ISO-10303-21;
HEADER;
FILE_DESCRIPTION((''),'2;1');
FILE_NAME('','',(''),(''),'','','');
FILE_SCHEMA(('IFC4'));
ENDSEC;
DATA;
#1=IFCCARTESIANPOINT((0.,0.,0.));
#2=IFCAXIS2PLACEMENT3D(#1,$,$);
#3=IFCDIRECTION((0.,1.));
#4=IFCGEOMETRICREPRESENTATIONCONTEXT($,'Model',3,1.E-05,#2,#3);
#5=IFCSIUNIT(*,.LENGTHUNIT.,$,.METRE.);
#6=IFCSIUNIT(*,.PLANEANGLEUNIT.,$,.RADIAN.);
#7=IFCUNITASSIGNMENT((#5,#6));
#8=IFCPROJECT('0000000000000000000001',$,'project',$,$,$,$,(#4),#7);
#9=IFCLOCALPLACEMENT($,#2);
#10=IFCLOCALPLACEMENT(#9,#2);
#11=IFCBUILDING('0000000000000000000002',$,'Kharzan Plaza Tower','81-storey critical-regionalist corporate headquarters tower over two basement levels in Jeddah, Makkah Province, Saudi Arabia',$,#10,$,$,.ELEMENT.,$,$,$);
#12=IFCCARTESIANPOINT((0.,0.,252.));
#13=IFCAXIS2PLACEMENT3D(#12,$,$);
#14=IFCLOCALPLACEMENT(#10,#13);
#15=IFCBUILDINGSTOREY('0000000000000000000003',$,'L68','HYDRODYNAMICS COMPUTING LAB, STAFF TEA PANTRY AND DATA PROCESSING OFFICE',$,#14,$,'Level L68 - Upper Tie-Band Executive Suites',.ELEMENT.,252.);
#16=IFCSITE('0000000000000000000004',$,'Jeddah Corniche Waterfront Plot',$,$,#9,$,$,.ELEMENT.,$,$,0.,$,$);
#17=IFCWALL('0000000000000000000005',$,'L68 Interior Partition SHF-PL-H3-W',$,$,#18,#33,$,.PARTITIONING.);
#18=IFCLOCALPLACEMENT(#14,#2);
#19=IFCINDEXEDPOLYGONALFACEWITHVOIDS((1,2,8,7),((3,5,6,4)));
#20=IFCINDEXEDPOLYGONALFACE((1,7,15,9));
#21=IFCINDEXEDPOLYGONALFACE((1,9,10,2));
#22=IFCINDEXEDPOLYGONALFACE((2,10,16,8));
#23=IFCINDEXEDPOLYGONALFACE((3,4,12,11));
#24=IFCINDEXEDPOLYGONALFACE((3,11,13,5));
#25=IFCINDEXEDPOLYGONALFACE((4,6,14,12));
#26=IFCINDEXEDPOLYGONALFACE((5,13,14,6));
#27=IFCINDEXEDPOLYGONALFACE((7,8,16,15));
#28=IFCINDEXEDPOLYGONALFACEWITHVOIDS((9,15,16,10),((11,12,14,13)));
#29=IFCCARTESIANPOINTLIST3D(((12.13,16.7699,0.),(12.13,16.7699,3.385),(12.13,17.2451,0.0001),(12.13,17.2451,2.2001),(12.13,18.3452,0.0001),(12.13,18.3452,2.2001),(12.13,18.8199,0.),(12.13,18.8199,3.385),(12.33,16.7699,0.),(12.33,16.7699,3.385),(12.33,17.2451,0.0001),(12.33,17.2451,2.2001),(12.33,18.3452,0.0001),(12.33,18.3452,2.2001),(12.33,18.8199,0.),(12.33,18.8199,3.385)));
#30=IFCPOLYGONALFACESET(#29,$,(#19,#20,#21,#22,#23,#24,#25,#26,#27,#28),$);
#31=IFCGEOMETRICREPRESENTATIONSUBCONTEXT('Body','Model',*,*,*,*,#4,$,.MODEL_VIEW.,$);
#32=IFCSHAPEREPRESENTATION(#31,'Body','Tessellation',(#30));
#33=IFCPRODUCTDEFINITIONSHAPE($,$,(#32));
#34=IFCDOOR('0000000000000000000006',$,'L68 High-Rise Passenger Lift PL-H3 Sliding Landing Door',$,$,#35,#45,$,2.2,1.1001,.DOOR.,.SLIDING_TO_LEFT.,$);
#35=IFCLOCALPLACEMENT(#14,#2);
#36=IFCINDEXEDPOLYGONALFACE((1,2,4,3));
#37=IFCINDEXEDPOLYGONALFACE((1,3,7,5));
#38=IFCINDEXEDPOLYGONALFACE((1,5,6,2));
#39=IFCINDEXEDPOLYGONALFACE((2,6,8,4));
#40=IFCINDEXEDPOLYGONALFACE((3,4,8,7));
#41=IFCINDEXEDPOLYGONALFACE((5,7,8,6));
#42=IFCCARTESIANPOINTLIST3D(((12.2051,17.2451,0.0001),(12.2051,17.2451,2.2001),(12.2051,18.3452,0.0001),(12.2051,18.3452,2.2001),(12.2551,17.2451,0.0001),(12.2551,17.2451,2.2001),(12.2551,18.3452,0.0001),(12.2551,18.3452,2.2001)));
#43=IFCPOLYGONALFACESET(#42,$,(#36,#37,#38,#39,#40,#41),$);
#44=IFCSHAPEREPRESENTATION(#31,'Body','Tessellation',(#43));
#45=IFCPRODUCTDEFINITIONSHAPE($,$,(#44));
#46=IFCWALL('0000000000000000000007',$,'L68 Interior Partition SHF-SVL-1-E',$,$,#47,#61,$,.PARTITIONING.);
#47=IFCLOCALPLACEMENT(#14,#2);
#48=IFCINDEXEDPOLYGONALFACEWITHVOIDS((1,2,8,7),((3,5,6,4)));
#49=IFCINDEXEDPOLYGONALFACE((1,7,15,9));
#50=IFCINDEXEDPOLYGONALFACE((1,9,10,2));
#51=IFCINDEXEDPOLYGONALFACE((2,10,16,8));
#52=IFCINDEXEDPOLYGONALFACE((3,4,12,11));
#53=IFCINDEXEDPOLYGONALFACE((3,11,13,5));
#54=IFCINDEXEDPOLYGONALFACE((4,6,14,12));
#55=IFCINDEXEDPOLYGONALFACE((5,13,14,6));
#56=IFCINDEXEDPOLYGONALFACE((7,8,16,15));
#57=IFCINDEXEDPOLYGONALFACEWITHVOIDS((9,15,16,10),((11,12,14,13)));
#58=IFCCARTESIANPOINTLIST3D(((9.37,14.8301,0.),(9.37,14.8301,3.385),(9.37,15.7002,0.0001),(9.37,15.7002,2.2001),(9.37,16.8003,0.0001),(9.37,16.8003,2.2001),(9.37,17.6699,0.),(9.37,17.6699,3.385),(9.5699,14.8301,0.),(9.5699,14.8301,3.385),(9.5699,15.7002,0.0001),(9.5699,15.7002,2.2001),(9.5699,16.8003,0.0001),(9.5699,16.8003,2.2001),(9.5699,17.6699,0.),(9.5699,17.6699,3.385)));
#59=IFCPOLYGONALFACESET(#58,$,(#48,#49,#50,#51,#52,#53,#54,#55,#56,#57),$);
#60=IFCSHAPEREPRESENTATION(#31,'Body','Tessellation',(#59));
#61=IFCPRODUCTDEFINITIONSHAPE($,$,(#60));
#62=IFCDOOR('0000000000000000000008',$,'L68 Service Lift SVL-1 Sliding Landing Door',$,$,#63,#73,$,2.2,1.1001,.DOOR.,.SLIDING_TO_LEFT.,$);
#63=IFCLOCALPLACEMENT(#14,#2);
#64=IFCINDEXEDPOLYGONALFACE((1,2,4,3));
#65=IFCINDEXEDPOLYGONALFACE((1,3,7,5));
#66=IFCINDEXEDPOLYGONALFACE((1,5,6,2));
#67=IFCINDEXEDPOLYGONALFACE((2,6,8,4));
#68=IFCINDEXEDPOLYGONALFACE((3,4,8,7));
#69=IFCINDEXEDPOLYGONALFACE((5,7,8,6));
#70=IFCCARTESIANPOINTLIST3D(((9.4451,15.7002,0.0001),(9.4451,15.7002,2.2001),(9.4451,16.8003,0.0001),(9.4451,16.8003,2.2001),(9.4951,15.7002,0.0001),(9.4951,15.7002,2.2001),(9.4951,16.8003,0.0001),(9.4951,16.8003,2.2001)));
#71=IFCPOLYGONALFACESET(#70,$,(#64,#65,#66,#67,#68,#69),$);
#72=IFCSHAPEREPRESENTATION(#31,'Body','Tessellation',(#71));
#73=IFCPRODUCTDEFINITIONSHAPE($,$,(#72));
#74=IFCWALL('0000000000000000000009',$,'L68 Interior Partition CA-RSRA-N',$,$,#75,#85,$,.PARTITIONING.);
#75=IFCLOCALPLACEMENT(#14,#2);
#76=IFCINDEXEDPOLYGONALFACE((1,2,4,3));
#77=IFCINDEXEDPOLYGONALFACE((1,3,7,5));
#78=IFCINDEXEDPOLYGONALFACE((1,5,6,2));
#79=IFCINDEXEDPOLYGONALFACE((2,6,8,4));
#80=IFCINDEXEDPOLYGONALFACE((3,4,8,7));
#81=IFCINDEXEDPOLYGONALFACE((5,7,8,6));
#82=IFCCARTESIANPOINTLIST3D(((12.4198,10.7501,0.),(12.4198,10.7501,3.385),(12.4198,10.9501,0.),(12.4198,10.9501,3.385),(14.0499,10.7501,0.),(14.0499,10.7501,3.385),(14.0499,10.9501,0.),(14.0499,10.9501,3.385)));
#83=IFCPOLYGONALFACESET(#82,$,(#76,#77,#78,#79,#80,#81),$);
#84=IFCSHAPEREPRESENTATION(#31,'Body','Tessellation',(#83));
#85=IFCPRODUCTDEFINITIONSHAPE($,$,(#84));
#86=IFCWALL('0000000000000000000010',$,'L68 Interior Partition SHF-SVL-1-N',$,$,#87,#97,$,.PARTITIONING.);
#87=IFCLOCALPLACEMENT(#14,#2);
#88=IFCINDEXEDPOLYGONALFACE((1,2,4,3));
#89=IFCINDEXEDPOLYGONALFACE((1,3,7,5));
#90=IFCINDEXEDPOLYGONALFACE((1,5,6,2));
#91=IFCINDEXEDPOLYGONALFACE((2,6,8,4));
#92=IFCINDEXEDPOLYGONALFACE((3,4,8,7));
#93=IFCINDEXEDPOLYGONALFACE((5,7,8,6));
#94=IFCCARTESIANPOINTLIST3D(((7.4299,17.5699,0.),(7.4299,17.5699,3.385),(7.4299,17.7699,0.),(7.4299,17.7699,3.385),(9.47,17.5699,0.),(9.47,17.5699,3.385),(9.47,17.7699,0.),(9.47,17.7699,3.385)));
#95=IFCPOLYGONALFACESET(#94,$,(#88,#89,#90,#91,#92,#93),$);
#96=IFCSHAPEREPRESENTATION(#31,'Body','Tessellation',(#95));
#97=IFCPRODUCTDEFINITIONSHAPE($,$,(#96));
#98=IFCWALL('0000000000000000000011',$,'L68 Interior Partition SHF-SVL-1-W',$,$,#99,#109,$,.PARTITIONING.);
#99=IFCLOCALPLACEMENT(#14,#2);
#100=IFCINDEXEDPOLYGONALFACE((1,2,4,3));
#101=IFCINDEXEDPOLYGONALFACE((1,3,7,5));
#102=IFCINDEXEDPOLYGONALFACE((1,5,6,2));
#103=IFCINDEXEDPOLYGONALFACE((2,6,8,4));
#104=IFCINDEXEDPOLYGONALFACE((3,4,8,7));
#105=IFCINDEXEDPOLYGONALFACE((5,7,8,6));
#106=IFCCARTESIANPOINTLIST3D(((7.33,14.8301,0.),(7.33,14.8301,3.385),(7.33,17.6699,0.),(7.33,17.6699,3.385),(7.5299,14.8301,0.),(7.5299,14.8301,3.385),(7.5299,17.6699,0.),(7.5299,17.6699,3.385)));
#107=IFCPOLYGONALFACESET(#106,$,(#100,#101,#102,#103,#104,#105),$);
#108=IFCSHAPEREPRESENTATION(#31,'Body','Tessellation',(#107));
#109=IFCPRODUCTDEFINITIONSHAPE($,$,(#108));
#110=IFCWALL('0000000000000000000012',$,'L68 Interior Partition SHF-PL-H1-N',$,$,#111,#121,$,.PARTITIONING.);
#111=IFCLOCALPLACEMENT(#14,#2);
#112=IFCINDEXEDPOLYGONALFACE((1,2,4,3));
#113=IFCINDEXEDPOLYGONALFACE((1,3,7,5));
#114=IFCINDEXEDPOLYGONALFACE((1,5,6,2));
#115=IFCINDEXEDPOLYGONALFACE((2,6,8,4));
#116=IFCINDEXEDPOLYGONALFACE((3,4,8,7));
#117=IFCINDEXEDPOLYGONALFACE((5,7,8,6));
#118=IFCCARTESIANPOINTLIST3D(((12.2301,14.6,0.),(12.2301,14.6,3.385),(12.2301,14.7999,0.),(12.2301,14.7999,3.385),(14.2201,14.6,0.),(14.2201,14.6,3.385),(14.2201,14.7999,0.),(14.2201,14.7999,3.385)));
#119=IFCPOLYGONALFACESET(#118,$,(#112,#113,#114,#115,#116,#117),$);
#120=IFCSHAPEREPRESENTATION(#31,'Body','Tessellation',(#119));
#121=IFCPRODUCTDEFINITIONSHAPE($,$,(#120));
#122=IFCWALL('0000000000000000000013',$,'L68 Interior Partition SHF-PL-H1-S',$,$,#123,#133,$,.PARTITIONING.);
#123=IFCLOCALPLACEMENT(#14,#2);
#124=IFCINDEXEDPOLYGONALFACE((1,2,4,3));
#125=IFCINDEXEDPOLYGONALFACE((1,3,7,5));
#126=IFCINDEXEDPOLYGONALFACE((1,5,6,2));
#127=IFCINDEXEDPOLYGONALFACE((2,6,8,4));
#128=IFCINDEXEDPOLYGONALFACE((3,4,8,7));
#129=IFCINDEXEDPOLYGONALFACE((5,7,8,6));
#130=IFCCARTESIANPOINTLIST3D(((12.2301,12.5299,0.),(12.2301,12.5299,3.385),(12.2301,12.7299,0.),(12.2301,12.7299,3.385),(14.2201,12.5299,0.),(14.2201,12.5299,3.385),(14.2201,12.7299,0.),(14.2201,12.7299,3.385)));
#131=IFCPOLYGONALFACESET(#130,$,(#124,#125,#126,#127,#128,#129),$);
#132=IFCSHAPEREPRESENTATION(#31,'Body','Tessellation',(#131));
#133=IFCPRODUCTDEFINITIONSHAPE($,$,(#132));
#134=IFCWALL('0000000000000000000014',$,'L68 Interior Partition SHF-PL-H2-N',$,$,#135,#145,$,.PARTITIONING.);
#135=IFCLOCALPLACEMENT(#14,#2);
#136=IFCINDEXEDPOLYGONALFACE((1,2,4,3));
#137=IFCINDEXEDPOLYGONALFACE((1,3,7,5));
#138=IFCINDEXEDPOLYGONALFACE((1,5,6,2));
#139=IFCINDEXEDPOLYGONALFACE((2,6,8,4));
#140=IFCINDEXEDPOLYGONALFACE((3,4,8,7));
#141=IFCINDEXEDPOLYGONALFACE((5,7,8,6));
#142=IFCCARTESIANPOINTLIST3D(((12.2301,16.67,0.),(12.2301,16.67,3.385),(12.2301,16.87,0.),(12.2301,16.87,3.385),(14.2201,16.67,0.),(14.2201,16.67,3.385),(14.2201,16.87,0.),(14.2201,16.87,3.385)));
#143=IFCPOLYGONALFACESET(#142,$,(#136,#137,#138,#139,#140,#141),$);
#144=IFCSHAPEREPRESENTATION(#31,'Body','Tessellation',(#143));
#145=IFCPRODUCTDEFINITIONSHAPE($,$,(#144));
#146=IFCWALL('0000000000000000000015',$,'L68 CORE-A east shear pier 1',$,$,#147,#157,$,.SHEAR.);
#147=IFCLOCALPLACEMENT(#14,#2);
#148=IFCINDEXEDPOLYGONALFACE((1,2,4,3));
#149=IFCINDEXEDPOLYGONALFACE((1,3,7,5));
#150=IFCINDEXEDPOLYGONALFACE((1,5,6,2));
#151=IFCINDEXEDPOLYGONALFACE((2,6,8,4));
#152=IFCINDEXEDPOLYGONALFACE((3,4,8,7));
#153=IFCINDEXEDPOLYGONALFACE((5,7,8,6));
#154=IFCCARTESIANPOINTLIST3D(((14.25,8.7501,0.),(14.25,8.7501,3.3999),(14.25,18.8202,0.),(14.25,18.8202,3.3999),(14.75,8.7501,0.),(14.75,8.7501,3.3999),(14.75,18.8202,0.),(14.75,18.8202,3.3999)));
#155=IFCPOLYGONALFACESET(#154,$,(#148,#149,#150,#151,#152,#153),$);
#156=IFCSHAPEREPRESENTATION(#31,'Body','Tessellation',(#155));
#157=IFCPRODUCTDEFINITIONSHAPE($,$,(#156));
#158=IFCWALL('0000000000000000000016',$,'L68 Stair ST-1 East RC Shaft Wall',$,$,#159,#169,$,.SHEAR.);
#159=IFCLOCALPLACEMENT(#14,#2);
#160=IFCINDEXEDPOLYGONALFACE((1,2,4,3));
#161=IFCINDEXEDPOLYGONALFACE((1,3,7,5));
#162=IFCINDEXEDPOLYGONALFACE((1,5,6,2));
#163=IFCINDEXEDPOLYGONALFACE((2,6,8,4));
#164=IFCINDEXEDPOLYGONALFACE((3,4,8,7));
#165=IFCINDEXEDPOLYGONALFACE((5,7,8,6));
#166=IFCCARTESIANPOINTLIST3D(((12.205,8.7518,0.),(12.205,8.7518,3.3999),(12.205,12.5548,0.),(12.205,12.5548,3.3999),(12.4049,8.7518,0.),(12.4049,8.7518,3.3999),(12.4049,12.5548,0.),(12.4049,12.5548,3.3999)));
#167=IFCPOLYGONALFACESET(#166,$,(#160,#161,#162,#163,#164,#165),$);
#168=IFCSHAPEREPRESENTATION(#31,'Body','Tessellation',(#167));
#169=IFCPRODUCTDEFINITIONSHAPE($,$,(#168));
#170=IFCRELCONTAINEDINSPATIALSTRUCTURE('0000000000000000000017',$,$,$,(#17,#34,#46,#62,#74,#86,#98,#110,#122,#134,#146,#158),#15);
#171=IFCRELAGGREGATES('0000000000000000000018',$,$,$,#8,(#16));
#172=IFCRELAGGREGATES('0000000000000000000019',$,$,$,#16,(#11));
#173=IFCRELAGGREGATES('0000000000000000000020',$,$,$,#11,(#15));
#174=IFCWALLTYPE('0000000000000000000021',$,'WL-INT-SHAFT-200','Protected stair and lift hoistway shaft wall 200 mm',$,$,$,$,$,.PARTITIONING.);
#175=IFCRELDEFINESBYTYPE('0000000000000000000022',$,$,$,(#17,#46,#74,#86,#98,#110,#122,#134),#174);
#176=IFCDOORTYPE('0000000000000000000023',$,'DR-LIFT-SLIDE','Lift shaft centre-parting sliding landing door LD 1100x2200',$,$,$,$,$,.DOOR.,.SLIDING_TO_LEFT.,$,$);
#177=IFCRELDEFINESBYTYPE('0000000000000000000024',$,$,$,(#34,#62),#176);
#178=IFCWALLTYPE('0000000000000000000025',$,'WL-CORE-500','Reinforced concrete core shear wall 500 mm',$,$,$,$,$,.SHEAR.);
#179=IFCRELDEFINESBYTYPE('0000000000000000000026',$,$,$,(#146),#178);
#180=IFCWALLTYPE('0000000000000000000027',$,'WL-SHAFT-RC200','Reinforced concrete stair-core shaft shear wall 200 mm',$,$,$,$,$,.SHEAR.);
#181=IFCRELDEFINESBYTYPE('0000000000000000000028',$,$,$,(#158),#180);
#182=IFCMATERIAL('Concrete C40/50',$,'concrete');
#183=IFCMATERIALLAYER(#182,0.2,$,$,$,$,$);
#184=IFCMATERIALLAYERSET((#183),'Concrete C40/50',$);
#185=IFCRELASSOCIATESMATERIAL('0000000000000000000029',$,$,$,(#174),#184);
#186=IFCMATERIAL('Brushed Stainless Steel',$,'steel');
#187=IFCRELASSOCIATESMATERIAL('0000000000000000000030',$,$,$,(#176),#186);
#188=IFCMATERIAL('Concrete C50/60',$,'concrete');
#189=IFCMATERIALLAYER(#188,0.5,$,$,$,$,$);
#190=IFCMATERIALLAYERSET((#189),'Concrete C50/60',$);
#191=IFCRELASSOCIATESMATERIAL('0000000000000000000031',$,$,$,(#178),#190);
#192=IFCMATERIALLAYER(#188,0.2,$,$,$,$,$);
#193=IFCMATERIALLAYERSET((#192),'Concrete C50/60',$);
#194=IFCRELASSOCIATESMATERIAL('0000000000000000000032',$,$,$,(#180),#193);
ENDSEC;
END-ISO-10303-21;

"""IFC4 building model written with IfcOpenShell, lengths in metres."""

from ifc_helpers import new_model, si_unit, direction, frame, frame_2d, origin, place, context, subcontext, project, spatial, rectangle, extrude, source, transform, mapped, material, layer, layer_set, type_object, element, fill, save


model = new_model("IFC4")

# Units and contexts
model_context = context("Model", 3, precision=1e-05, world=origin(), true_north=direction((0.0, 1.0)))
body_context = subcontext(model_context, "Body", "Model", "MODEL_VIEW")
ifc_project = project(units=[si_unit("LENGTHUNIT", "METRE"), si_unit("PLANEANGLEUNIT", "RADIAN")], contexts=[model_context])

# Site, building, storey
site_placement = place(None, origin())
site = spatial("IfcSite", under=ifc_project, at=site_placement, Name="Jeddah Corniche Waterfront Plot", CompositionType="ELEMENT", RefElevation=0.0)
building_placement = place(site_placement, origin())
building = spatial("IfcBuilding", under=site, at=building_placement, Name="Kharzan Plaza Tower", Description="81-storey critical-regionalist corporate headquarters tower over two basement levels in Jeddah, Makkah Province, Saudi Arabia", CompositionType="ELEMENT")
storey_placement = place(building_placement, frame((0.0, 0.0, 252.0)))
storey = spatial("IfcBuildingStorey", under=building, at=storey_placement, Name="L68", Description="HYDRODYNAMICS COMPUTING LAB, STAFF TEA PANTRY AND DATA PROCESSING OFFICE", LongName="Level L68 - Upper Tie-Band Executive Suites", CompositionType="ELEMENT", Elevation=252.0)

# Walls, openings, doors
ifc_material_1 = material(Name="Concrete C40/50", Category="concrete")
ifc_layer_1 = layer(ifc_material_1, 0.2)
ifc_layer_set_1 = layer_set([ifc_layer_1], Name="Concrete C40/50")
wall_type_1 = type_object("IfcWallType", Name="WL-INT-SHAFT-200", Description="Protected stair and lift hoistway shaft wall 200 mm", PredefinedType="PARTITIONING", material=ifc_layer_set_1)
ifc_material_2 = material(Name="Brushed Stainless Steel", Category="steel")
door_type_1 = type_object("IfcDoorType", Name="DR-LIFT-SLIDE", Description="Lift shaft centre-parting sliding landing door LD 1100x2200", OperationType="SLIDING_TO_LEFT", PredefinedType="DOOR", material=ifc_material_2)
shared_shape_1 = source(origin(), body_context, "Body", "SweptSolid", [
    extrude(rectangle(XDim=1.1001, YDim=2.2, at=frame_2d((0.55, 1.1001))), frame((0.0, 0.0249, 0.0), z_axis=(0.0, -1.0, 0.0), x_axis=(1.0, 0.0, 0.0)), (0.0, 0.0, 1.0), 0.05),
])
wall_1_placement = place(storey_placement, frame((12.23, 16.77, 0.0), z_axis=(0.0, 0.0, 1.0), x_axis=(0.0, 1.0, 0.0)))
wall_1 = element("IfcWall", 1, at=wall_1_placement, inside=storey, type_object=wall_type_1, Name="L68 Interior Partition SHF-PL-H3-W", PredefinedType="PARTITIONING", context=body_context, shape_type="SweptSolid", body=[
    extrude(rectangle(XDim=2.05, YDim=0.2, at=frame_2d((1.0249, 0.0))), origin(), (0.0, 0.0, 1.0), 3.385),
])
opening_1_placement = place(wall_1_placement, frame((0.4751, 0.0, 0.0)))
opening_1 = element("IfcOpeningElement", 2, at=opening_1_placement, cuts=wall_1, PredefinedType="OPENING", context=body_context, shape_type="SweptSolid", body=[
    extrude(rectangle(XDim=1.1001, YDim=2.2, at=frame_2d((0.55, 1.1001))), frame((0.0, 0.1099, 0.0), z_axis=(0.0, -1.0, 0.0), x_axis=(1.0, 0.0, 0.0)), (0.0, 0.0, 1.0), 0.22),
])
door_1_placement = place(opening_1_placement, origin())
door_1 = element("IfcDoor", 3, at=door_1_placement, inside=storey, type_object=door_type_1, Name="L68 High-Rise Passenger Lift PL-H3 Sliding Landing Door", OperationType="SLIDING_TO_LEFT", OverallHeight=2.2, OverallWidth=1.1001, PredefinedType="DOOR", context=body_context, shape_type="MappedRepresentation", body=[
    mapped(shared_shape_1, transform((0.0, 0.0, 0.0), x_axis=(1.0, 0.0, 0.0), y_axis=(0.0, 1.0, 0.0), z_axis=(0.0, 0.0, 1.0))),
])
fill(opening_1, door_1)
wall_2_placement = place(storey_placement, frame((9.47, 14.8301, 0.0), z_axis=(0.0, 0.0, 1.0), x_axis=(0.0, 1.0, 0.0)))
wall_2 = element("IfcWall", 4, at=wall_2_placement, inside=storey, type_object=wall_type_1, Name="L68 Interior Partition SHF-SVL-1-E", PredefinedType="PARTITIONING", context=body_context, shape_type="SweptSolid", body=[
    extrude(rectangle(XDim=2.8398, YDim=0.2, at=frame_2d((1.4199, 0.0))), origin(), (0.0, 0.0, 1.0), 3.385),
])
opening_2_placement = place(wall_2_placement, frame((0.8701, 0.0, 0.0)))
opening_2 = element("IfcOpeningElement", 5, at=opening_2_placement, cuts=wall_2, PredefinedType="OPENING", context=body_context, shape_type="SweptSolid", body=[
    extrude(rectangle(XDim=1.1001, YDim=2.2, at=frame_2d((0.55, 1.1001))), frame((0.0, 0.1099, 0.0), z_axis=(0.0, -1.0, 0.0), x_axis=(1.0, 0.0, 0.0)), (0.0, 0.0, 1.0), 0.22),
])
door_2_placement = place(opening_2_placement, origin())
door_2 = element("IfcDoor", 6, at=door_2_placement, inside=storey, type_object=door_type_1, Name="L68 Service Lift SVL-1 Sliding Landing Door", OperationType="SLIDING_TO_LEFT", OverallHeight=2.2, OverallWidth=1.1001, PredefinedType="DOOR", context=body_context, shape_type="MappedRepresentation", body=[
    mapped(shared_shape_1, transform((0.0, 0.0, 0.0), x_axis=(1.0, 0.0, 0.0), y_axis=(0.0, 1.0, 0.0), z_axis=(0.0, 0.0, 1.0))),
])
fill(opening_2, door_2)

# Walls
shared_shape_2 = source(origin(), body_context, "Body", "SweptSolid", [
    extrude(rectangle(XDim=1.6301, YDim=0.2, at=frame_2d((0.8149, 0.0))), origin(), (0.0, 0.0, 1.0), 3.385),
])
wall_3_placement = place(storey_placement, frame((12.4199, 10.8501, 0.0), z_axis=(0.0, 0.0, 1.0), x_axis=(1.0, 0.0, 0.0)))
element("IfcWall", 7, at=wall_3_placement, inside=storey, type_object=wall_type_1, Name="L68 Interior Partition CA-RSRA-N", PredefinedType="PARTITIONING", context=body_context, shape_type="MappedRepresentation", body=[
    mapped(shared_shape_2, transform((0.0, 0.0, 0.0), x_axis=(1.0, 0.0, 0.0), y_axis=(0.0, 1.0, 0.0), z_axis=(0.0, 0.0, 1.0))),
])
shared_shape_3 = source(origin(), body_context, "Body", "SweptSolid", [
    extrude(rectangle(XDim=2.04, YDim=0.2, at=frame_2d((1.02, 0.0))), origin(), (0.0, 0.0, 1.0), 3.385),
])
wall_4_placement = place(storey_placement, frame((7.4299, 17.6699, 0.0), z_axis=(0.0, 0.0, 1.0), x_axis=(1.0, 0.0, 0.0)))
element("IfcWall", 8, at=wall_4_placement, inside=storey, type_object=wall_type_1, Name="L68 Interior Partition SHF-SVL-1-N", PredefinedType="PARTITIONING", context=body_context, shape_type="MappedRepresentation", body=[
    mapped(shared_shape_3, transform((0.0, 0.0, 0.0), x_axis=(1.0, 0.0, 0.0), y_axis=(0.0, 1.0, 0.0), z_axis=(0.0, 0.0, 1.0))),
])
shared_shape_4 = source(origin(), body_context, "Body", "SweptSolid", [
    extrude(rectangle(XDim=2.8398, YDim=0.2, at=frame_2d((1.4199, 0.0))), origin(), (0.0, 0.0, 1.0), 3.385),
])
wall_5_placement = place(storey_placement, frame((7.4299, 14.8301, 0.0), z_axis=(0.0, 0.0, 1.0), x_axis=(0.0, 1.0, 0.0)))
element("IfcWall", 9, at=wall_5_placement, inside=storey, type_object=wall_type_1, Name="L68 Interior Partition SHF-SVL-1-W", PredefinedType="PARTITIONING", context=body_context, shape_type="MappedRepresentation", body=[
    mapped(shared_shape_4, transform((0.0, 0.0, 0.0), x_axis=(1.0, 0.0, 0.0), y_axis=(0.0, 1.0, 0.0), z_axis=(0.0, 0.0, 1.0))),
])
shared_shape_5 = source(origin(), body_context, "Body", "SweptSolid", [
    extrude(rectangle(XDim=1.99, YDim=0.2, at=frame_2d((0.9951, 0.0))), origin(), (0.0, 0.0, 1.0), 3.385),
])
for number, where, z_axis, x_axis, name in (
    (10, (12.23, 14.7, 0.0), (0.0, 0.0, 1.0), (1.0, 0.0, 0.0), "L68 Interior Partition SHF-PL-H1-N"),
    (11, (12.23, 12.6299, 0.0), (0.0, 0.0, 1.0), (1.0, 0.0, 0.0), "L68 Interior Partition SHF-PL-H1-S"),
    (12, (12.23, 16.77, 0.0), (0.0, 0.0, 1.0), (1.0, 0.0, 0.0), "L68 Interior Partition SHF-PL-H2-N"),
):
    element("IfcWall", number, at=place(storey_placement, frame(where, z_axis=z_axis, x_axis=x_axis)), inside=storey, type_object=wall_type_1, Name=name, PredefinedType="PARTITIONING", context=body_context, shape_type="MappedRepresentation", body=[
        mapped(shared_shape_5, transform((0.0, 0.0, 0.0), x_axis=(1.0, 0.0, 0.0), y_axis=(0.0, 1.0, 0.0), z_axis=(0.0, 0.0, 1.0))),
    ])
ifc_material_3 = material(Name="Concrete C50/60", Category="concrete")
ifc_layer_2 = layer(ifc_material_3, 0.5)
ifc_layer_set_2 = layer_set([ifc_layer_2], Name="Concrete C50/60")
wall_type_2 = type_object("IfcWallType", Name="WL-CORE-500", Description="Reinforced concrete core shear wall 500 mm", PredefinedType="SHEAR", material=ifc_layer_set_2)
shared_shape_6 = source(origin(), body_context, "Body", "SweptSolid", [
    extrude(rectangle(XDim=10.0701, YDim=0.5, at=frame_2d((5.0352, 0.0))), origin(), (0.0, 0.0, 1.0), 3.3999),
])
wall_6_placement = place(storey_placement, frame((14.5, 8.75, 0.0), z_axis=(0.0, 0.0, 1.0), x_axis=(0.0, 1.0, 0.0)))
element("IfcWall", 13, at=wall_6_placement, inside=storey, type_object=wall_type_2, Name="L68 CORE-A east shear pier 1", PredefinedType="SHEAR", context=body_context, shape_type="MappedRepresentation", body=[
    mapped(shared_shape_6, transform((0.0, 0.0, 0.0), x_axis=(1.0, 0.0, 0.0), y_axis=(0.0, 1.0, 0.0), z_axis=(0.0, 0.0, 1.0))),
])
ifc_layer_3 = layer(ifc_material_3, 0.2)
ifc_layer_set_3 = layer_set([ifc_layer_3], Name="Concrete C50/60")
wall_type_3 = type_object("IfcWallType", Name="WL-SHAFT-RC200", Description="Reinforced concrete stair-core shaft shear wall 200 mm", PredefinedType="SHEAR", material=ifc_layer_set_3)
shared_shape_7 = source(origin(), body_context, "Body", "SweptSolid", [
    extrude(rectangle(XDim=3.803, YDim=0.2, at=frame_2d((1.9014, 0.0))), origin(), (0.0, 0.0, 1.0), 3.3999),
])
wall_7_placement = place(storey_placement, frame((12.3049, 8.752, 0.0), z_axis=(0.0, 0.0, 1.0), x_axis=(0.0, 1.0, 0.0)))
element("IfcWall", 14, at=wall_7_placement, inside=storey, type_object=wall_type_3, Name="L68 Stair ST-1 East RC Shaft Wall", PredefinedType="SHEAR", context=body_context, shape_type="MappedRepresentation", body=[
    mapped(shared_shape_7, transform((0.0, 0.0, 0.0), x_axis=(1.0, 0.0, 0.0), y_axis=(0.0, 1.0, 0.0), z_axis=(0.0, 0.0, 1.0))),
])

save(model, "model.ifc")
